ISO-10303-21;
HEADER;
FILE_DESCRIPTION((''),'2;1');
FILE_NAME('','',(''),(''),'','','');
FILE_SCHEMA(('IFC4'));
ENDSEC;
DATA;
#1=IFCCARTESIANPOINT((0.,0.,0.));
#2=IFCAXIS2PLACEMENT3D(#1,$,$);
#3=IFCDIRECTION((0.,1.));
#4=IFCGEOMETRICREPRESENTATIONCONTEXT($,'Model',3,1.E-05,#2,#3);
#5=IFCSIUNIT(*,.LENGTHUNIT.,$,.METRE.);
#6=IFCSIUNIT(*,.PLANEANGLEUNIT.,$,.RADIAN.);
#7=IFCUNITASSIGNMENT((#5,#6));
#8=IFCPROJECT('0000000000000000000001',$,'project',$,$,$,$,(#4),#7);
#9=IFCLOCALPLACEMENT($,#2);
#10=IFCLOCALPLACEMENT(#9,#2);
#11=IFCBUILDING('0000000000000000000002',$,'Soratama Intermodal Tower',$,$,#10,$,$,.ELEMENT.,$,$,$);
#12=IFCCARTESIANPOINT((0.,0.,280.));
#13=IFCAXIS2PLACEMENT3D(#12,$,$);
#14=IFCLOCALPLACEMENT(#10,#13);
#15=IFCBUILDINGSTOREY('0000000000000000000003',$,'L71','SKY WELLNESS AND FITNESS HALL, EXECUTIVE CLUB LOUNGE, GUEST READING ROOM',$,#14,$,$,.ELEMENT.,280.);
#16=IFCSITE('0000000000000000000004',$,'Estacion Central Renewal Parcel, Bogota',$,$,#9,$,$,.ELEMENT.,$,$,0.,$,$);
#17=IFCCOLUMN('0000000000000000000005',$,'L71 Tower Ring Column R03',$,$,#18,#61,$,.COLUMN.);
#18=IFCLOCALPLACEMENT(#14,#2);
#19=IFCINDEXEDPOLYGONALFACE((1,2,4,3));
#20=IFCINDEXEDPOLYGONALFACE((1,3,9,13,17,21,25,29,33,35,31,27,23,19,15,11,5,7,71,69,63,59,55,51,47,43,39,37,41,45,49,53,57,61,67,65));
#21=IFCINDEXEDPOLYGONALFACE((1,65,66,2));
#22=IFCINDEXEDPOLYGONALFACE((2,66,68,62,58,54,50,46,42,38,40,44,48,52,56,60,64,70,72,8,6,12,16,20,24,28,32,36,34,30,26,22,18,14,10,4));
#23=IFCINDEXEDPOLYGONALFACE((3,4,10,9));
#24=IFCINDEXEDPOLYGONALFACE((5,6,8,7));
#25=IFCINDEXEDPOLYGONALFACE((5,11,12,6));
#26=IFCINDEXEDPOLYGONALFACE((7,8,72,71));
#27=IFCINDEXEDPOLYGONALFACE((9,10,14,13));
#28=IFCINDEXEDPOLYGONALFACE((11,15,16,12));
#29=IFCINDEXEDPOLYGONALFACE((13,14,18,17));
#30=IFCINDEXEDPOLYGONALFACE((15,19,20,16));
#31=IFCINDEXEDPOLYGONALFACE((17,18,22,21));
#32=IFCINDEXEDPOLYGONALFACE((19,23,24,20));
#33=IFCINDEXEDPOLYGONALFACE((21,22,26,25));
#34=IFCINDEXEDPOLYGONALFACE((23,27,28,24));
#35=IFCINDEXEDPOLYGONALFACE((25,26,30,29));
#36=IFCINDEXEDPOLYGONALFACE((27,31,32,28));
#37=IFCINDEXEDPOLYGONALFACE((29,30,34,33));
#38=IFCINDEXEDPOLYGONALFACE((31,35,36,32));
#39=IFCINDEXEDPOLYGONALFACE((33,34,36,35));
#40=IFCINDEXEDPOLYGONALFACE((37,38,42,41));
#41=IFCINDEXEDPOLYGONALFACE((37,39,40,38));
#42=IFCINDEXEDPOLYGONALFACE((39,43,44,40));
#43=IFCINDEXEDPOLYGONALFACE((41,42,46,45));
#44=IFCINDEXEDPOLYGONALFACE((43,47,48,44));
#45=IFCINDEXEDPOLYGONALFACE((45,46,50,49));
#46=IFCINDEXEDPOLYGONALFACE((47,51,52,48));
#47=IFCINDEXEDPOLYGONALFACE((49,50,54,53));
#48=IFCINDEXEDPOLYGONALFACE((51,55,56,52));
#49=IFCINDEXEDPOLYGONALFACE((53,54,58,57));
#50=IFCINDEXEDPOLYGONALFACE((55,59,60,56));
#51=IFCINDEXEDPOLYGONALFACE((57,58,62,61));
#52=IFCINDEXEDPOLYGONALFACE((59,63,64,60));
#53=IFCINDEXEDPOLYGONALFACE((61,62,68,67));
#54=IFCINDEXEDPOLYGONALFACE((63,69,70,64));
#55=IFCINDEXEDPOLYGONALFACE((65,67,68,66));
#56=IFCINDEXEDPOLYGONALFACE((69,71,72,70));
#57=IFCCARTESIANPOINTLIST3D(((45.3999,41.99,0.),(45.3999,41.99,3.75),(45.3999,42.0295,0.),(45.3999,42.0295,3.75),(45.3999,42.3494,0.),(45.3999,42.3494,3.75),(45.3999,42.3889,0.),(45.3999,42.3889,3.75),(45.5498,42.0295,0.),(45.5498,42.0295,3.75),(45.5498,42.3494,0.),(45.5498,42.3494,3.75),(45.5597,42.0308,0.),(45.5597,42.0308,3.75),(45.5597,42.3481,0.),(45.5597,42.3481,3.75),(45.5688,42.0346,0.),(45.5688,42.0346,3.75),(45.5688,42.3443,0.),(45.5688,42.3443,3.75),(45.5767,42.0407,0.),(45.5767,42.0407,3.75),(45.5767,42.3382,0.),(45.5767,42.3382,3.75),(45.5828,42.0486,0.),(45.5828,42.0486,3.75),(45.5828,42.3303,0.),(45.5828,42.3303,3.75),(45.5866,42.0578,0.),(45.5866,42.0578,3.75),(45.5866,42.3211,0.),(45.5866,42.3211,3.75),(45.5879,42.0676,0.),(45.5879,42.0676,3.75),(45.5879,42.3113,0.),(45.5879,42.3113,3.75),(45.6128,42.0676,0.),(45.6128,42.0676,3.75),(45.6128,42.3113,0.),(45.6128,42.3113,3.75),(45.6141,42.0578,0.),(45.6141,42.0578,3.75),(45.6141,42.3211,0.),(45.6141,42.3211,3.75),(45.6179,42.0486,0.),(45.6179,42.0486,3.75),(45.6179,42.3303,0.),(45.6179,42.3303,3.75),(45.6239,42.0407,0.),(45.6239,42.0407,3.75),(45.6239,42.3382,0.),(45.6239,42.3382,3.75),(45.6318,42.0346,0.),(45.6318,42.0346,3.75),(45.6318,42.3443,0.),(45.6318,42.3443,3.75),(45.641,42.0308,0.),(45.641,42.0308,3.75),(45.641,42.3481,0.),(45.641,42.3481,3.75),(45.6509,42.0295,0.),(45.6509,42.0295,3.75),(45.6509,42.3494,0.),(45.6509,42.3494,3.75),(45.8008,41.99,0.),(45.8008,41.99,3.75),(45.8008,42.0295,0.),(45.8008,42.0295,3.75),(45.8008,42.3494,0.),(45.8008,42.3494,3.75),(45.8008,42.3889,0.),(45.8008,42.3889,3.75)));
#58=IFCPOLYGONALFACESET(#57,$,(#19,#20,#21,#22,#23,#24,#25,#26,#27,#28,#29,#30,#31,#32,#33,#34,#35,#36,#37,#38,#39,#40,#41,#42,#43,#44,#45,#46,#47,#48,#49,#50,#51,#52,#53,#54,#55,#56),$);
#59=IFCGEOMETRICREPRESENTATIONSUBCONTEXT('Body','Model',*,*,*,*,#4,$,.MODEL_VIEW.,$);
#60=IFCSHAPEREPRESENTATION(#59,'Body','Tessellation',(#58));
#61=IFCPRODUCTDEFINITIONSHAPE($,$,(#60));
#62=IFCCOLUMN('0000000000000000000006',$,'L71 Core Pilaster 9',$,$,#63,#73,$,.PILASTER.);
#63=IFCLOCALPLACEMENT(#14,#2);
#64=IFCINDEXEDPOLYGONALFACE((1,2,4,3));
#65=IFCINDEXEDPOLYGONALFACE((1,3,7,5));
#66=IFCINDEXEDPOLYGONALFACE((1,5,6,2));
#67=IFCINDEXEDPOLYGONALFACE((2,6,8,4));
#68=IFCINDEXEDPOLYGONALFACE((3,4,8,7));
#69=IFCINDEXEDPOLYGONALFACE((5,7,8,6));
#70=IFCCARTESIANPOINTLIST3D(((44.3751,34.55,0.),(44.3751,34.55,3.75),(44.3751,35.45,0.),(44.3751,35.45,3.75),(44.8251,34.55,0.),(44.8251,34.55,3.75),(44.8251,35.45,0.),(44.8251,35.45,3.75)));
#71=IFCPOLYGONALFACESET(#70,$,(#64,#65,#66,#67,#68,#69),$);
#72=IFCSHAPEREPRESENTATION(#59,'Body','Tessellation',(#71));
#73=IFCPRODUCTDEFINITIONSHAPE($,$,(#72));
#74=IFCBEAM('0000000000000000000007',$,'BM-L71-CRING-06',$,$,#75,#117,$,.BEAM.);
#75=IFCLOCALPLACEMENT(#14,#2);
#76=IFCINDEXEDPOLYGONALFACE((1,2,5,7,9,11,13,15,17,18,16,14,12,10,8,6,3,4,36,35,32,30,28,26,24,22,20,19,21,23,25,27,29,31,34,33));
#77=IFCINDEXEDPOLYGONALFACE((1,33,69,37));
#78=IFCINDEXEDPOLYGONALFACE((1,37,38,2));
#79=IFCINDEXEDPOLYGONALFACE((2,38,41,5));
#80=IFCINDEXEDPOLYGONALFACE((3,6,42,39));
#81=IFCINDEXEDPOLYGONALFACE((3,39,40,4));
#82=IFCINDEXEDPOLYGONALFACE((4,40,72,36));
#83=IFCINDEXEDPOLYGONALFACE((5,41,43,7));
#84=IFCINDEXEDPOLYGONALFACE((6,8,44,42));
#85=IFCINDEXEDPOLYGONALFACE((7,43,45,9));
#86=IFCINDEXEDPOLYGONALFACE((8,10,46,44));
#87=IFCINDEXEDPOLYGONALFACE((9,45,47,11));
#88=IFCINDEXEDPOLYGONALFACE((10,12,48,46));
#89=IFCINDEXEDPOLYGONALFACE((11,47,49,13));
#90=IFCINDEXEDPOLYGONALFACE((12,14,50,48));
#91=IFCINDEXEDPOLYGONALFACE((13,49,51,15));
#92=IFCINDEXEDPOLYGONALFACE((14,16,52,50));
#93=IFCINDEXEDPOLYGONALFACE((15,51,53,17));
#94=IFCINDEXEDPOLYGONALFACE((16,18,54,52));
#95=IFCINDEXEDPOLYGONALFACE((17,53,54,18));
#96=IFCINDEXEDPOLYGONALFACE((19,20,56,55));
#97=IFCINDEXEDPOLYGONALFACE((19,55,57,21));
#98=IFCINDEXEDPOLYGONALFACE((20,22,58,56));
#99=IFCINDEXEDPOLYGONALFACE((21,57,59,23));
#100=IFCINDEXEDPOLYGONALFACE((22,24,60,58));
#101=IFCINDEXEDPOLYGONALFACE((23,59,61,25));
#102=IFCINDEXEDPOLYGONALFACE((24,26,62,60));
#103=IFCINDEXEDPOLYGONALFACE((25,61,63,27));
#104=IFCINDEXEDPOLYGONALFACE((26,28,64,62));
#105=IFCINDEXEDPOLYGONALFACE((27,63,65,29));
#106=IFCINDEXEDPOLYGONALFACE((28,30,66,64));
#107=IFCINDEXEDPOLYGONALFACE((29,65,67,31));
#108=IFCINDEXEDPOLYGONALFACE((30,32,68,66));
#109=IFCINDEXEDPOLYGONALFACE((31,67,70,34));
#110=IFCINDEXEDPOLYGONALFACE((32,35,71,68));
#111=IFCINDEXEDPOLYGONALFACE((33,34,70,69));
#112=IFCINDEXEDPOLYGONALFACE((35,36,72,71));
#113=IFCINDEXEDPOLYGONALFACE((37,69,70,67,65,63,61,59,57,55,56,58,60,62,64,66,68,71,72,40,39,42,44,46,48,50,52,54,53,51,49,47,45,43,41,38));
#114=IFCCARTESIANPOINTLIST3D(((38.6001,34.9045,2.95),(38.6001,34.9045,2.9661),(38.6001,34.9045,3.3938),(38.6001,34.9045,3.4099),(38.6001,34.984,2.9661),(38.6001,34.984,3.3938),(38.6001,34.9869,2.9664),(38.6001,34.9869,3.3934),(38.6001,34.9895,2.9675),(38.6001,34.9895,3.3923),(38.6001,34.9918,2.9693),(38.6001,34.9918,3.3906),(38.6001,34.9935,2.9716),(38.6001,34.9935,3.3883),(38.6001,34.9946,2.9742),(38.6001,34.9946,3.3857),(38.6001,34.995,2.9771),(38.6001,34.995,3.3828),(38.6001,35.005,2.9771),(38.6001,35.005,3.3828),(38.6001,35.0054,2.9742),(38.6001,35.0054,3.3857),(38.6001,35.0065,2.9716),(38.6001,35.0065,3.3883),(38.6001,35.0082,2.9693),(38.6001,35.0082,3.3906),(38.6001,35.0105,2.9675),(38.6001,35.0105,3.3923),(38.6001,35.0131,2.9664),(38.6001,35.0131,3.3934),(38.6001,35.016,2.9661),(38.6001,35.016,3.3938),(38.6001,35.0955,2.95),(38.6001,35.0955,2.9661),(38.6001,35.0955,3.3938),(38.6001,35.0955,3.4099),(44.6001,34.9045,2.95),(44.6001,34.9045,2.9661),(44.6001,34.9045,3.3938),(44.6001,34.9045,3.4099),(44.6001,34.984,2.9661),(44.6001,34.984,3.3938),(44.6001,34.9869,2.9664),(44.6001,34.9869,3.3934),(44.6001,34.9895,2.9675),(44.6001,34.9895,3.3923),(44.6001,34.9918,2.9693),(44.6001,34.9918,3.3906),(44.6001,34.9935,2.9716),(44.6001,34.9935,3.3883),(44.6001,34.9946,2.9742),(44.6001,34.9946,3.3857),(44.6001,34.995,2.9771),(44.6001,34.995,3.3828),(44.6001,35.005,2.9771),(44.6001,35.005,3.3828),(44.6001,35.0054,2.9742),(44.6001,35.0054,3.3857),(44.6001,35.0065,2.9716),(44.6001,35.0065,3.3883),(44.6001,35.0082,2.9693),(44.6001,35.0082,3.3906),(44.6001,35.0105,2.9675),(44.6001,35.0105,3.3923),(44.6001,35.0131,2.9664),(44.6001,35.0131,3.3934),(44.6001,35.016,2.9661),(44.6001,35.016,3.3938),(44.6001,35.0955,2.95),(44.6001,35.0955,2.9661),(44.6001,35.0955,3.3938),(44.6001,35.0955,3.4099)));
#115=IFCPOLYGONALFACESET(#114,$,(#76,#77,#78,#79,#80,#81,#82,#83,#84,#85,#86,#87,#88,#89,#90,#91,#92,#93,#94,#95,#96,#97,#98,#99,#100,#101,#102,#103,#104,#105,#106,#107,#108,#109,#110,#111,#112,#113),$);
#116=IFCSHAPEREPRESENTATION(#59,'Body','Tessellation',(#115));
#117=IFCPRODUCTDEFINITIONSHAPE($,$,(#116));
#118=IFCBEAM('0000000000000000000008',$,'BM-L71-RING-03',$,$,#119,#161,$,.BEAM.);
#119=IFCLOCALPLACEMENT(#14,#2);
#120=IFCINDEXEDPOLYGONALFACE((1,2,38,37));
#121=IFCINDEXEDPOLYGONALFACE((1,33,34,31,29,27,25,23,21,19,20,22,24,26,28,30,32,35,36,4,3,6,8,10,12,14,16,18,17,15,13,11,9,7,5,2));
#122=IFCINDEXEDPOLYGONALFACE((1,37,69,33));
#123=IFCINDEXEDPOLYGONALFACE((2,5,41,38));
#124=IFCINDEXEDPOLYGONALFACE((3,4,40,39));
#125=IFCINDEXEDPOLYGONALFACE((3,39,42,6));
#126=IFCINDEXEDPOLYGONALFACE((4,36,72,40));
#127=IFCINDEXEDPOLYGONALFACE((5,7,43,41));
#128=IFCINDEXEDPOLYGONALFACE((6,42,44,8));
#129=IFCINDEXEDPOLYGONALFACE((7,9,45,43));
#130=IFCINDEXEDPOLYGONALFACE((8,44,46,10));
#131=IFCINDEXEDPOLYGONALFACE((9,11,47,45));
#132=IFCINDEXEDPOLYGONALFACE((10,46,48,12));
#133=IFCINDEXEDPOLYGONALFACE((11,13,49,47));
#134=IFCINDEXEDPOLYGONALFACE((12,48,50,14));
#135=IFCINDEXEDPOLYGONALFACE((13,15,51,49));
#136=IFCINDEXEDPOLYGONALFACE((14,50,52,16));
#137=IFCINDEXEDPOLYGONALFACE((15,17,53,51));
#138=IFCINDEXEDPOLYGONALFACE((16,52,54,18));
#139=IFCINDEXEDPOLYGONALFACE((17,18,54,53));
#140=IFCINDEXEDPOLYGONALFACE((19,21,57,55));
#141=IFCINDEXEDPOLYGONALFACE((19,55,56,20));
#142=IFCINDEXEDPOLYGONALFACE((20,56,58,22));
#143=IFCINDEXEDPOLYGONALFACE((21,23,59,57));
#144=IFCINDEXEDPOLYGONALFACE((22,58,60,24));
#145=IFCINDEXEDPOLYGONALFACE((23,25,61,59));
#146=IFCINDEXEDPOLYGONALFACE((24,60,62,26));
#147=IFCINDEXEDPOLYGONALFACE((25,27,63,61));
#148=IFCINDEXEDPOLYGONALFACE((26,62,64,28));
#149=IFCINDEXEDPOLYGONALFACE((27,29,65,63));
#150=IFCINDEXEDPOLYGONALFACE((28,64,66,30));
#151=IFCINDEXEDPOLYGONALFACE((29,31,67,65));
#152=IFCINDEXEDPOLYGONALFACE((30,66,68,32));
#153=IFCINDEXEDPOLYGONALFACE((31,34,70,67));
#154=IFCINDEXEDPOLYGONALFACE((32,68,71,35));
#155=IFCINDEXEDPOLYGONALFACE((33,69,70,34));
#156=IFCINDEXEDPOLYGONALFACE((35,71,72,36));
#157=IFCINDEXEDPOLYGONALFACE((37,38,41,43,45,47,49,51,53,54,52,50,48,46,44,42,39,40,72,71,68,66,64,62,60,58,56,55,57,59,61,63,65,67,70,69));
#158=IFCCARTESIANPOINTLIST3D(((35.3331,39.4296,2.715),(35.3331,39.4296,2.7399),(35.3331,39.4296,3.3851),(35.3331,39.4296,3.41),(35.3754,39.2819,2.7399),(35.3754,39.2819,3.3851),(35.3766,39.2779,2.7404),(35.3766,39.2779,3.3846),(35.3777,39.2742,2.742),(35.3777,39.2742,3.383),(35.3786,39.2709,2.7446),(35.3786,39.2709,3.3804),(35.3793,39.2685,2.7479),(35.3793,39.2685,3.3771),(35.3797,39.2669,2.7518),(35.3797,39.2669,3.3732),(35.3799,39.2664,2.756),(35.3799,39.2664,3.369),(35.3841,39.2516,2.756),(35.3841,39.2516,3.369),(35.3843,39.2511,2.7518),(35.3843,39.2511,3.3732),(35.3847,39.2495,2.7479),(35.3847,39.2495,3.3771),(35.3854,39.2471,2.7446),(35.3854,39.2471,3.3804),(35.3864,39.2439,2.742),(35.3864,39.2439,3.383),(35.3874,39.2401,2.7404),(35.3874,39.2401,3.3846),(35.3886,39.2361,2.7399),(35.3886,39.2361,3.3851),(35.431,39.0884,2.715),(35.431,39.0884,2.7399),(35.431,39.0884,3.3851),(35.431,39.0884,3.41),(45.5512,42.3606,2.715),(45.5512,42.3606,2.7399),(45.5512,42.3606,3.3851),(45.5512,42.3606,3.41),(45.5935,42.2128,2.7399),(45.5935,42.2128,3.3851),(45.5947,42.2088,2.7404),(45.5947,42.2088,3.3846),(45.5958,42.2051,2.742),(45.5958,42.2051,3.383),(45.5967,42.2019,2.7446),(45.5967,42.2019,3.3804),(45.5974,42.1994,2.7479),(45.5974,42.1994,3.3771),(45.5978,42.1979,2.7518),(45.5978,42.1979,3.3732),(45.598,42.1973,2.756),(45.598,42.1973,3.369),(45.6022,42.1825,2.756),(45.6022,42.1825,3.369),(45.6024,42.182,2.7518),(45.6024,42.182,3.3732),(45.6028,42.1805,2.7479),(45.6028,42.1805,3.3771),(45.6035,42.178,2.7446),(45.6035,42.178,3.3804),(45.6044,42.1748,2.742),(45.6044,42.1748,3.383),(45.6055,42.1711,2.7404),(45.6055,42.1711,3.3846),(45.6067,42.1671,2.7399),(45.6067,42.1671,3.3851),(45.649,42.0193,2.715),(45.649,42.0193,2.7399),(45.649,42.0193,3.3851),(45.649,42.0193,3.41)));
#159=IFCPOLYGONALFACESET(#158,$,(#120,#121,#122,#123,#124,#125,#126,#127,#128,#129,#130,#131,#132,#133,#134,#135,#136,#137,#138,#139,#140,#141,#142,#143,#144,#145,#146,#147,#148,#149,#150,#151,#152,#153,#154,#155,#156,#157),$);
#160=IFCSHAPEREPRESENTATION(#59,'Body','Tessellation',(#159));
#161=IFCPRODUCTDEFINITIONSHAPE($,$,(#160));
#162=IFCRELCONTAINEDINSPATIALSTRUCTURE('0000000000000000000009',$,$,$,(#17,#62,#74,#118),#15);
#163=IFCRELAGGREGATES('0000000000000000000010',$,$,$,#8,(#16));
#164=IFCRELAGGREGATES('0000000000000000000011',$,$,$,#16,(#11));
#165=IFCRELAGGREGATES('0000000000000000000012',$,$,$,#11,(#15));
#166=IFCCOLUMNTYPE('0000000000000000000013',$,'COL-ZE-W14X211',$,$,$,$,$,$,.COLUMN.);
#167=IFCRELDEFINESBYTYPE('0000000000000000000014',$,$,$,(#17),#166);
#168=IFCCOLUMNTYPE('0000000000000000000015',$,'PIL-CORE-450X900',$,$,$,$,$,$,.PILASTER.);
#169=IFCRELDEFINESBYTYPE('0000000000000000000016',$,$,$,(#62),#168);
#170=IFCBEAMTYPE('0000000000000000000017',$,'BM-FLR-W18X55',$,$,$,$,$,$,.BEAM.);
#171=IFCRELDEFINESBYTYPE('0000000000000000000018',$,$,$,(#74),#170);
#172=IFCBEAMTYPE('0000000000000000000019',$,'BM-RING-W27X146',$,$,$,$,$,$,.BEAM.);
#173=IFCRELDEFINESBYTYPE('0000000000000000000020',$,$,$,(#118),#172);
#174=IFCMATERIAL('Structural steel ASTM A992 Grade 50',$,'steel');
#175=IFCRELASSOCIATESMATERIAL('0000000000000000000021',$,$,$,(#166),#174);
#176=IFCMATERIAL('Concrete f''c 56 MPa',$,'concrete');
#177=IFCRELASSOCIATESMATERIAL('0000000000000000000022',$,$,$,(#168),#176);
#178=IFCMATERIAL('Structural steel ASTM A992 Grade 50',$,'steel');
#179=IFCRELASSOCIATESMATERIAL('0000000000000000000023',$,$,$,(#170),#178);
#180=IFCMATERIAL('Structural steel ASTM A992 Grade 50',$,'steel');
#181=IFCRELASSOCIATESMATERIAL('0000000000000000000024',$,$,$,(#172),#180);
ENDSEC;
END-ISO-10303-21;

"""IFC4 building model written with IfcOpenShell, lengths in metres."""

from ifc_helpers import new_model, si_unit, direction, frame, origin, origin_2d, place, context, subcontext, project, spatial, rectangle, i_section, extrude, material, material_profile, profile_set, type_object, element, save


model = new_model("IFC4")

# Units and contexts
model_context = context("Model", 3, precision=1e-05, world=origin(), true_north=direction((0.0, 1.0)))
body_context = subcontext(model_context, "Body", "Model", "MODEL_VIEW")
ifc_project = project(units=[si_unit("LENGTHUNIT", "METRE"), si_unit("PLANEANGLEUNIT", "RADIAN")], contexts=[model_context])

# Site, building, storey
site_placement = place(None, origin())
site = spatial("IfcSite", under=ifc_project, at=site_placement, Name="Estacion Central Renewal Parcel, Bogota", CompositionType="ELEMENT", RefElevation=0.0)
building_placement = place(site_placement, origin())
building = spatial("IfcBuilding", under=site, at=building_placement, Name="Soratama Intermodal Tower", CompositionType="ELEMENT")
storey_placement = place(building_placement, frame((0.0, 0.0, 280.0)))
storey = spatial("IfcBuildingStorey", under=building, at=storey_placement, Name="L71", Description="SKY WELLNESS AND FITNESS HALL, EXECUTIVE CLUB LOUNGE, GUEST READING ROOM", CompositionType="ELEMENT", Elevation=280.0)

# Columns
ifc_material_1 = material(Name="Structural steel ASTM A992 Grade 50", Category="steel")
ifc_material_profile_1 = material_profile(ifc_material_1, i_section(OverallWidth=0.4009, OverallDepth=0.3989, WebThickness=0.0249, FlangeThickness=0.0396, FilletRadius=0.0381, at=origin_2d()), Name="W14X211")
ifc_profile_set_1 = profile_set([ifc_material_profile_1], Name="Structural steel ASTM A992 Grade 50")
column_type_1 = type_object("IfcColumnType", Name="COL-ZE-W14X211", PredefinedType="COLUMN", material=ifc_profile_set_1)
column_1_placement = place(storey_placement, frame((45.6003, 42.1895, 0.0), z_axis=(0.0, 0.0, 1.0), x_axis=(1.0, 0.0, 0.0)))
element("IfcColumn", 1, at=column_1_placement, inside=storey, type_object=column_type_1, Name="L71 Tower Ring Column R03", PredefinedType="COLUMN", context=body_context, shape_type="SweptSolid", body=[
    extrude(i_section(OverallWidth=0.4009, OverallDepth=0.3989, WebThickness=0.0249, FlangeThickness=0.0396, FilletRadius=0.0381, at=origin_2d()), origin(), (0.0, 0.0, 1.0), 3.75),
])
ifc_material_2 = material(Name="Concrete f'c 56 MPa", Category="concrete")
ifc_material_profile_2 = material_profile(ifc_material_2, rectangle(XDim=0.45, YDim=0.8999, at=origin_2d()), Name="RC450X900")
ifc_profile_set_2 = profile_set([ifc_material_profile_2], Name="Concrete f'c 56 MPa")
column_type_2 = type_object("IfcColumnType", Name="PIL-CORE-450X900", PredefinedType="PILASTER", material=ifc_profile_set_2)
column_2_placement = place(storey_placement, frame((44.6001, 35.0, 0.0), z_axis=(0.0, 0.0, 1.0), x_axis=(1.0, 0.0, 0.0)))
element("IfcColumn", 2, at=column_2_placement, inside=storey, type_object=column_type_2, Name="L71 Core Pilaster 9", PredefinedType="PILASTER", context=body_context, shape_type="SweptSolid", body=[
    extrude(rectangle(XDim=0.45, YDim=0.8999, at=origin_2d()), origin(), (0.0, 0.0, 1.0), 3.75),
])

# Beams
ifc_material_3 = material(Name="Structural steel ASTM A992 Grade 50", Category="steel")
ifc_material_profile_3 = material_profile(ifc_material_3, i_section(OverallWidth=0.1909, OverallDepth=0.46, WebThickness=0.01, FlangeThickness=0.0161, FilletRadius=0.011, at=origin_2d()), Name="W18X55")
ifc_profile_set_3 = profile_set([ifc_material_profile_3], Name="Structural steel ASTM A992 Grade 50")
beam_type_1 = type_object("IfcBeamType", Name="BM-FLR-W18X55", PredefinedType="BEAM", material=ifc_profile_set_3)
beam_1_placement = place(storey_placement, frame((44.6001, 35.0, 3.1799), z_axis=(-1.0, 0.0, 0.0), x_axis=(0.0, -1.0, 0.0)))
element("IfcBeam", 3, at=beam_1_placement, inside=storey, type_object=beam_type_1, Name="BM-L71-CRING-06", PredefinedType="BEAM", context=body_context, shape_type="SweptSolid", body=[
    extrude(i_section(OverallWidth=0.1909, OverallDepth=0.46, WebThickness=0.01, FlangeThickness=0.0161, FilletRadius=0.011, at=origin_2d()), origin(), (0.0, 0.0, 1.0), 6.0),
])
ifc_material_4 = material(Name="Structural steel ASTM A992 Grade 50", Category="steel")
ifc_material_profile_4 = material_profile(ifc_material_4, i_section(OverallWidth=0.355, OverallDepth=0.6951, WebThickness=0.0154, FlangeThickness=0.0249, FilletRadius=0.0161, at=origin_2d()), Name="W27X146")
ifc_profile_set_4 = profile_set([ifc_material_profile_4], Name="Structural steel ASTM A992 Grade 50")
beam_type_2 = type_object("IfcBeamType", Name="BM-RING-W27X146", PredefinedType="BEAM", material=ifc_profile_set_4)
beam_2_placement = place(storey_placement, frame((45.6001, 42.1899, 3.0625), z_axis=(-0.961238, -0.275719, 0.0), x_axis=(0.275719, -0.961238, 0.0)))
element("IfcBeam", 4, at=beam_2_placement, inside=storey, type_object=beam_type_2, Name="BM-L71-RING-03", PredefinedType="BEAM", context=body_context, shape_type="SweptSolid", body=[
    extrude(i_section(OverallWidth=0.355, OverallDepth=0.6951, WebThickness=0.0154, FlangeThickness=0.0249, FilletRadius=0.0161, at=origin_2d()), origin(), (0.0, 0.0, 1.0), 10.6301),
])

save(model, "model.ifc")
